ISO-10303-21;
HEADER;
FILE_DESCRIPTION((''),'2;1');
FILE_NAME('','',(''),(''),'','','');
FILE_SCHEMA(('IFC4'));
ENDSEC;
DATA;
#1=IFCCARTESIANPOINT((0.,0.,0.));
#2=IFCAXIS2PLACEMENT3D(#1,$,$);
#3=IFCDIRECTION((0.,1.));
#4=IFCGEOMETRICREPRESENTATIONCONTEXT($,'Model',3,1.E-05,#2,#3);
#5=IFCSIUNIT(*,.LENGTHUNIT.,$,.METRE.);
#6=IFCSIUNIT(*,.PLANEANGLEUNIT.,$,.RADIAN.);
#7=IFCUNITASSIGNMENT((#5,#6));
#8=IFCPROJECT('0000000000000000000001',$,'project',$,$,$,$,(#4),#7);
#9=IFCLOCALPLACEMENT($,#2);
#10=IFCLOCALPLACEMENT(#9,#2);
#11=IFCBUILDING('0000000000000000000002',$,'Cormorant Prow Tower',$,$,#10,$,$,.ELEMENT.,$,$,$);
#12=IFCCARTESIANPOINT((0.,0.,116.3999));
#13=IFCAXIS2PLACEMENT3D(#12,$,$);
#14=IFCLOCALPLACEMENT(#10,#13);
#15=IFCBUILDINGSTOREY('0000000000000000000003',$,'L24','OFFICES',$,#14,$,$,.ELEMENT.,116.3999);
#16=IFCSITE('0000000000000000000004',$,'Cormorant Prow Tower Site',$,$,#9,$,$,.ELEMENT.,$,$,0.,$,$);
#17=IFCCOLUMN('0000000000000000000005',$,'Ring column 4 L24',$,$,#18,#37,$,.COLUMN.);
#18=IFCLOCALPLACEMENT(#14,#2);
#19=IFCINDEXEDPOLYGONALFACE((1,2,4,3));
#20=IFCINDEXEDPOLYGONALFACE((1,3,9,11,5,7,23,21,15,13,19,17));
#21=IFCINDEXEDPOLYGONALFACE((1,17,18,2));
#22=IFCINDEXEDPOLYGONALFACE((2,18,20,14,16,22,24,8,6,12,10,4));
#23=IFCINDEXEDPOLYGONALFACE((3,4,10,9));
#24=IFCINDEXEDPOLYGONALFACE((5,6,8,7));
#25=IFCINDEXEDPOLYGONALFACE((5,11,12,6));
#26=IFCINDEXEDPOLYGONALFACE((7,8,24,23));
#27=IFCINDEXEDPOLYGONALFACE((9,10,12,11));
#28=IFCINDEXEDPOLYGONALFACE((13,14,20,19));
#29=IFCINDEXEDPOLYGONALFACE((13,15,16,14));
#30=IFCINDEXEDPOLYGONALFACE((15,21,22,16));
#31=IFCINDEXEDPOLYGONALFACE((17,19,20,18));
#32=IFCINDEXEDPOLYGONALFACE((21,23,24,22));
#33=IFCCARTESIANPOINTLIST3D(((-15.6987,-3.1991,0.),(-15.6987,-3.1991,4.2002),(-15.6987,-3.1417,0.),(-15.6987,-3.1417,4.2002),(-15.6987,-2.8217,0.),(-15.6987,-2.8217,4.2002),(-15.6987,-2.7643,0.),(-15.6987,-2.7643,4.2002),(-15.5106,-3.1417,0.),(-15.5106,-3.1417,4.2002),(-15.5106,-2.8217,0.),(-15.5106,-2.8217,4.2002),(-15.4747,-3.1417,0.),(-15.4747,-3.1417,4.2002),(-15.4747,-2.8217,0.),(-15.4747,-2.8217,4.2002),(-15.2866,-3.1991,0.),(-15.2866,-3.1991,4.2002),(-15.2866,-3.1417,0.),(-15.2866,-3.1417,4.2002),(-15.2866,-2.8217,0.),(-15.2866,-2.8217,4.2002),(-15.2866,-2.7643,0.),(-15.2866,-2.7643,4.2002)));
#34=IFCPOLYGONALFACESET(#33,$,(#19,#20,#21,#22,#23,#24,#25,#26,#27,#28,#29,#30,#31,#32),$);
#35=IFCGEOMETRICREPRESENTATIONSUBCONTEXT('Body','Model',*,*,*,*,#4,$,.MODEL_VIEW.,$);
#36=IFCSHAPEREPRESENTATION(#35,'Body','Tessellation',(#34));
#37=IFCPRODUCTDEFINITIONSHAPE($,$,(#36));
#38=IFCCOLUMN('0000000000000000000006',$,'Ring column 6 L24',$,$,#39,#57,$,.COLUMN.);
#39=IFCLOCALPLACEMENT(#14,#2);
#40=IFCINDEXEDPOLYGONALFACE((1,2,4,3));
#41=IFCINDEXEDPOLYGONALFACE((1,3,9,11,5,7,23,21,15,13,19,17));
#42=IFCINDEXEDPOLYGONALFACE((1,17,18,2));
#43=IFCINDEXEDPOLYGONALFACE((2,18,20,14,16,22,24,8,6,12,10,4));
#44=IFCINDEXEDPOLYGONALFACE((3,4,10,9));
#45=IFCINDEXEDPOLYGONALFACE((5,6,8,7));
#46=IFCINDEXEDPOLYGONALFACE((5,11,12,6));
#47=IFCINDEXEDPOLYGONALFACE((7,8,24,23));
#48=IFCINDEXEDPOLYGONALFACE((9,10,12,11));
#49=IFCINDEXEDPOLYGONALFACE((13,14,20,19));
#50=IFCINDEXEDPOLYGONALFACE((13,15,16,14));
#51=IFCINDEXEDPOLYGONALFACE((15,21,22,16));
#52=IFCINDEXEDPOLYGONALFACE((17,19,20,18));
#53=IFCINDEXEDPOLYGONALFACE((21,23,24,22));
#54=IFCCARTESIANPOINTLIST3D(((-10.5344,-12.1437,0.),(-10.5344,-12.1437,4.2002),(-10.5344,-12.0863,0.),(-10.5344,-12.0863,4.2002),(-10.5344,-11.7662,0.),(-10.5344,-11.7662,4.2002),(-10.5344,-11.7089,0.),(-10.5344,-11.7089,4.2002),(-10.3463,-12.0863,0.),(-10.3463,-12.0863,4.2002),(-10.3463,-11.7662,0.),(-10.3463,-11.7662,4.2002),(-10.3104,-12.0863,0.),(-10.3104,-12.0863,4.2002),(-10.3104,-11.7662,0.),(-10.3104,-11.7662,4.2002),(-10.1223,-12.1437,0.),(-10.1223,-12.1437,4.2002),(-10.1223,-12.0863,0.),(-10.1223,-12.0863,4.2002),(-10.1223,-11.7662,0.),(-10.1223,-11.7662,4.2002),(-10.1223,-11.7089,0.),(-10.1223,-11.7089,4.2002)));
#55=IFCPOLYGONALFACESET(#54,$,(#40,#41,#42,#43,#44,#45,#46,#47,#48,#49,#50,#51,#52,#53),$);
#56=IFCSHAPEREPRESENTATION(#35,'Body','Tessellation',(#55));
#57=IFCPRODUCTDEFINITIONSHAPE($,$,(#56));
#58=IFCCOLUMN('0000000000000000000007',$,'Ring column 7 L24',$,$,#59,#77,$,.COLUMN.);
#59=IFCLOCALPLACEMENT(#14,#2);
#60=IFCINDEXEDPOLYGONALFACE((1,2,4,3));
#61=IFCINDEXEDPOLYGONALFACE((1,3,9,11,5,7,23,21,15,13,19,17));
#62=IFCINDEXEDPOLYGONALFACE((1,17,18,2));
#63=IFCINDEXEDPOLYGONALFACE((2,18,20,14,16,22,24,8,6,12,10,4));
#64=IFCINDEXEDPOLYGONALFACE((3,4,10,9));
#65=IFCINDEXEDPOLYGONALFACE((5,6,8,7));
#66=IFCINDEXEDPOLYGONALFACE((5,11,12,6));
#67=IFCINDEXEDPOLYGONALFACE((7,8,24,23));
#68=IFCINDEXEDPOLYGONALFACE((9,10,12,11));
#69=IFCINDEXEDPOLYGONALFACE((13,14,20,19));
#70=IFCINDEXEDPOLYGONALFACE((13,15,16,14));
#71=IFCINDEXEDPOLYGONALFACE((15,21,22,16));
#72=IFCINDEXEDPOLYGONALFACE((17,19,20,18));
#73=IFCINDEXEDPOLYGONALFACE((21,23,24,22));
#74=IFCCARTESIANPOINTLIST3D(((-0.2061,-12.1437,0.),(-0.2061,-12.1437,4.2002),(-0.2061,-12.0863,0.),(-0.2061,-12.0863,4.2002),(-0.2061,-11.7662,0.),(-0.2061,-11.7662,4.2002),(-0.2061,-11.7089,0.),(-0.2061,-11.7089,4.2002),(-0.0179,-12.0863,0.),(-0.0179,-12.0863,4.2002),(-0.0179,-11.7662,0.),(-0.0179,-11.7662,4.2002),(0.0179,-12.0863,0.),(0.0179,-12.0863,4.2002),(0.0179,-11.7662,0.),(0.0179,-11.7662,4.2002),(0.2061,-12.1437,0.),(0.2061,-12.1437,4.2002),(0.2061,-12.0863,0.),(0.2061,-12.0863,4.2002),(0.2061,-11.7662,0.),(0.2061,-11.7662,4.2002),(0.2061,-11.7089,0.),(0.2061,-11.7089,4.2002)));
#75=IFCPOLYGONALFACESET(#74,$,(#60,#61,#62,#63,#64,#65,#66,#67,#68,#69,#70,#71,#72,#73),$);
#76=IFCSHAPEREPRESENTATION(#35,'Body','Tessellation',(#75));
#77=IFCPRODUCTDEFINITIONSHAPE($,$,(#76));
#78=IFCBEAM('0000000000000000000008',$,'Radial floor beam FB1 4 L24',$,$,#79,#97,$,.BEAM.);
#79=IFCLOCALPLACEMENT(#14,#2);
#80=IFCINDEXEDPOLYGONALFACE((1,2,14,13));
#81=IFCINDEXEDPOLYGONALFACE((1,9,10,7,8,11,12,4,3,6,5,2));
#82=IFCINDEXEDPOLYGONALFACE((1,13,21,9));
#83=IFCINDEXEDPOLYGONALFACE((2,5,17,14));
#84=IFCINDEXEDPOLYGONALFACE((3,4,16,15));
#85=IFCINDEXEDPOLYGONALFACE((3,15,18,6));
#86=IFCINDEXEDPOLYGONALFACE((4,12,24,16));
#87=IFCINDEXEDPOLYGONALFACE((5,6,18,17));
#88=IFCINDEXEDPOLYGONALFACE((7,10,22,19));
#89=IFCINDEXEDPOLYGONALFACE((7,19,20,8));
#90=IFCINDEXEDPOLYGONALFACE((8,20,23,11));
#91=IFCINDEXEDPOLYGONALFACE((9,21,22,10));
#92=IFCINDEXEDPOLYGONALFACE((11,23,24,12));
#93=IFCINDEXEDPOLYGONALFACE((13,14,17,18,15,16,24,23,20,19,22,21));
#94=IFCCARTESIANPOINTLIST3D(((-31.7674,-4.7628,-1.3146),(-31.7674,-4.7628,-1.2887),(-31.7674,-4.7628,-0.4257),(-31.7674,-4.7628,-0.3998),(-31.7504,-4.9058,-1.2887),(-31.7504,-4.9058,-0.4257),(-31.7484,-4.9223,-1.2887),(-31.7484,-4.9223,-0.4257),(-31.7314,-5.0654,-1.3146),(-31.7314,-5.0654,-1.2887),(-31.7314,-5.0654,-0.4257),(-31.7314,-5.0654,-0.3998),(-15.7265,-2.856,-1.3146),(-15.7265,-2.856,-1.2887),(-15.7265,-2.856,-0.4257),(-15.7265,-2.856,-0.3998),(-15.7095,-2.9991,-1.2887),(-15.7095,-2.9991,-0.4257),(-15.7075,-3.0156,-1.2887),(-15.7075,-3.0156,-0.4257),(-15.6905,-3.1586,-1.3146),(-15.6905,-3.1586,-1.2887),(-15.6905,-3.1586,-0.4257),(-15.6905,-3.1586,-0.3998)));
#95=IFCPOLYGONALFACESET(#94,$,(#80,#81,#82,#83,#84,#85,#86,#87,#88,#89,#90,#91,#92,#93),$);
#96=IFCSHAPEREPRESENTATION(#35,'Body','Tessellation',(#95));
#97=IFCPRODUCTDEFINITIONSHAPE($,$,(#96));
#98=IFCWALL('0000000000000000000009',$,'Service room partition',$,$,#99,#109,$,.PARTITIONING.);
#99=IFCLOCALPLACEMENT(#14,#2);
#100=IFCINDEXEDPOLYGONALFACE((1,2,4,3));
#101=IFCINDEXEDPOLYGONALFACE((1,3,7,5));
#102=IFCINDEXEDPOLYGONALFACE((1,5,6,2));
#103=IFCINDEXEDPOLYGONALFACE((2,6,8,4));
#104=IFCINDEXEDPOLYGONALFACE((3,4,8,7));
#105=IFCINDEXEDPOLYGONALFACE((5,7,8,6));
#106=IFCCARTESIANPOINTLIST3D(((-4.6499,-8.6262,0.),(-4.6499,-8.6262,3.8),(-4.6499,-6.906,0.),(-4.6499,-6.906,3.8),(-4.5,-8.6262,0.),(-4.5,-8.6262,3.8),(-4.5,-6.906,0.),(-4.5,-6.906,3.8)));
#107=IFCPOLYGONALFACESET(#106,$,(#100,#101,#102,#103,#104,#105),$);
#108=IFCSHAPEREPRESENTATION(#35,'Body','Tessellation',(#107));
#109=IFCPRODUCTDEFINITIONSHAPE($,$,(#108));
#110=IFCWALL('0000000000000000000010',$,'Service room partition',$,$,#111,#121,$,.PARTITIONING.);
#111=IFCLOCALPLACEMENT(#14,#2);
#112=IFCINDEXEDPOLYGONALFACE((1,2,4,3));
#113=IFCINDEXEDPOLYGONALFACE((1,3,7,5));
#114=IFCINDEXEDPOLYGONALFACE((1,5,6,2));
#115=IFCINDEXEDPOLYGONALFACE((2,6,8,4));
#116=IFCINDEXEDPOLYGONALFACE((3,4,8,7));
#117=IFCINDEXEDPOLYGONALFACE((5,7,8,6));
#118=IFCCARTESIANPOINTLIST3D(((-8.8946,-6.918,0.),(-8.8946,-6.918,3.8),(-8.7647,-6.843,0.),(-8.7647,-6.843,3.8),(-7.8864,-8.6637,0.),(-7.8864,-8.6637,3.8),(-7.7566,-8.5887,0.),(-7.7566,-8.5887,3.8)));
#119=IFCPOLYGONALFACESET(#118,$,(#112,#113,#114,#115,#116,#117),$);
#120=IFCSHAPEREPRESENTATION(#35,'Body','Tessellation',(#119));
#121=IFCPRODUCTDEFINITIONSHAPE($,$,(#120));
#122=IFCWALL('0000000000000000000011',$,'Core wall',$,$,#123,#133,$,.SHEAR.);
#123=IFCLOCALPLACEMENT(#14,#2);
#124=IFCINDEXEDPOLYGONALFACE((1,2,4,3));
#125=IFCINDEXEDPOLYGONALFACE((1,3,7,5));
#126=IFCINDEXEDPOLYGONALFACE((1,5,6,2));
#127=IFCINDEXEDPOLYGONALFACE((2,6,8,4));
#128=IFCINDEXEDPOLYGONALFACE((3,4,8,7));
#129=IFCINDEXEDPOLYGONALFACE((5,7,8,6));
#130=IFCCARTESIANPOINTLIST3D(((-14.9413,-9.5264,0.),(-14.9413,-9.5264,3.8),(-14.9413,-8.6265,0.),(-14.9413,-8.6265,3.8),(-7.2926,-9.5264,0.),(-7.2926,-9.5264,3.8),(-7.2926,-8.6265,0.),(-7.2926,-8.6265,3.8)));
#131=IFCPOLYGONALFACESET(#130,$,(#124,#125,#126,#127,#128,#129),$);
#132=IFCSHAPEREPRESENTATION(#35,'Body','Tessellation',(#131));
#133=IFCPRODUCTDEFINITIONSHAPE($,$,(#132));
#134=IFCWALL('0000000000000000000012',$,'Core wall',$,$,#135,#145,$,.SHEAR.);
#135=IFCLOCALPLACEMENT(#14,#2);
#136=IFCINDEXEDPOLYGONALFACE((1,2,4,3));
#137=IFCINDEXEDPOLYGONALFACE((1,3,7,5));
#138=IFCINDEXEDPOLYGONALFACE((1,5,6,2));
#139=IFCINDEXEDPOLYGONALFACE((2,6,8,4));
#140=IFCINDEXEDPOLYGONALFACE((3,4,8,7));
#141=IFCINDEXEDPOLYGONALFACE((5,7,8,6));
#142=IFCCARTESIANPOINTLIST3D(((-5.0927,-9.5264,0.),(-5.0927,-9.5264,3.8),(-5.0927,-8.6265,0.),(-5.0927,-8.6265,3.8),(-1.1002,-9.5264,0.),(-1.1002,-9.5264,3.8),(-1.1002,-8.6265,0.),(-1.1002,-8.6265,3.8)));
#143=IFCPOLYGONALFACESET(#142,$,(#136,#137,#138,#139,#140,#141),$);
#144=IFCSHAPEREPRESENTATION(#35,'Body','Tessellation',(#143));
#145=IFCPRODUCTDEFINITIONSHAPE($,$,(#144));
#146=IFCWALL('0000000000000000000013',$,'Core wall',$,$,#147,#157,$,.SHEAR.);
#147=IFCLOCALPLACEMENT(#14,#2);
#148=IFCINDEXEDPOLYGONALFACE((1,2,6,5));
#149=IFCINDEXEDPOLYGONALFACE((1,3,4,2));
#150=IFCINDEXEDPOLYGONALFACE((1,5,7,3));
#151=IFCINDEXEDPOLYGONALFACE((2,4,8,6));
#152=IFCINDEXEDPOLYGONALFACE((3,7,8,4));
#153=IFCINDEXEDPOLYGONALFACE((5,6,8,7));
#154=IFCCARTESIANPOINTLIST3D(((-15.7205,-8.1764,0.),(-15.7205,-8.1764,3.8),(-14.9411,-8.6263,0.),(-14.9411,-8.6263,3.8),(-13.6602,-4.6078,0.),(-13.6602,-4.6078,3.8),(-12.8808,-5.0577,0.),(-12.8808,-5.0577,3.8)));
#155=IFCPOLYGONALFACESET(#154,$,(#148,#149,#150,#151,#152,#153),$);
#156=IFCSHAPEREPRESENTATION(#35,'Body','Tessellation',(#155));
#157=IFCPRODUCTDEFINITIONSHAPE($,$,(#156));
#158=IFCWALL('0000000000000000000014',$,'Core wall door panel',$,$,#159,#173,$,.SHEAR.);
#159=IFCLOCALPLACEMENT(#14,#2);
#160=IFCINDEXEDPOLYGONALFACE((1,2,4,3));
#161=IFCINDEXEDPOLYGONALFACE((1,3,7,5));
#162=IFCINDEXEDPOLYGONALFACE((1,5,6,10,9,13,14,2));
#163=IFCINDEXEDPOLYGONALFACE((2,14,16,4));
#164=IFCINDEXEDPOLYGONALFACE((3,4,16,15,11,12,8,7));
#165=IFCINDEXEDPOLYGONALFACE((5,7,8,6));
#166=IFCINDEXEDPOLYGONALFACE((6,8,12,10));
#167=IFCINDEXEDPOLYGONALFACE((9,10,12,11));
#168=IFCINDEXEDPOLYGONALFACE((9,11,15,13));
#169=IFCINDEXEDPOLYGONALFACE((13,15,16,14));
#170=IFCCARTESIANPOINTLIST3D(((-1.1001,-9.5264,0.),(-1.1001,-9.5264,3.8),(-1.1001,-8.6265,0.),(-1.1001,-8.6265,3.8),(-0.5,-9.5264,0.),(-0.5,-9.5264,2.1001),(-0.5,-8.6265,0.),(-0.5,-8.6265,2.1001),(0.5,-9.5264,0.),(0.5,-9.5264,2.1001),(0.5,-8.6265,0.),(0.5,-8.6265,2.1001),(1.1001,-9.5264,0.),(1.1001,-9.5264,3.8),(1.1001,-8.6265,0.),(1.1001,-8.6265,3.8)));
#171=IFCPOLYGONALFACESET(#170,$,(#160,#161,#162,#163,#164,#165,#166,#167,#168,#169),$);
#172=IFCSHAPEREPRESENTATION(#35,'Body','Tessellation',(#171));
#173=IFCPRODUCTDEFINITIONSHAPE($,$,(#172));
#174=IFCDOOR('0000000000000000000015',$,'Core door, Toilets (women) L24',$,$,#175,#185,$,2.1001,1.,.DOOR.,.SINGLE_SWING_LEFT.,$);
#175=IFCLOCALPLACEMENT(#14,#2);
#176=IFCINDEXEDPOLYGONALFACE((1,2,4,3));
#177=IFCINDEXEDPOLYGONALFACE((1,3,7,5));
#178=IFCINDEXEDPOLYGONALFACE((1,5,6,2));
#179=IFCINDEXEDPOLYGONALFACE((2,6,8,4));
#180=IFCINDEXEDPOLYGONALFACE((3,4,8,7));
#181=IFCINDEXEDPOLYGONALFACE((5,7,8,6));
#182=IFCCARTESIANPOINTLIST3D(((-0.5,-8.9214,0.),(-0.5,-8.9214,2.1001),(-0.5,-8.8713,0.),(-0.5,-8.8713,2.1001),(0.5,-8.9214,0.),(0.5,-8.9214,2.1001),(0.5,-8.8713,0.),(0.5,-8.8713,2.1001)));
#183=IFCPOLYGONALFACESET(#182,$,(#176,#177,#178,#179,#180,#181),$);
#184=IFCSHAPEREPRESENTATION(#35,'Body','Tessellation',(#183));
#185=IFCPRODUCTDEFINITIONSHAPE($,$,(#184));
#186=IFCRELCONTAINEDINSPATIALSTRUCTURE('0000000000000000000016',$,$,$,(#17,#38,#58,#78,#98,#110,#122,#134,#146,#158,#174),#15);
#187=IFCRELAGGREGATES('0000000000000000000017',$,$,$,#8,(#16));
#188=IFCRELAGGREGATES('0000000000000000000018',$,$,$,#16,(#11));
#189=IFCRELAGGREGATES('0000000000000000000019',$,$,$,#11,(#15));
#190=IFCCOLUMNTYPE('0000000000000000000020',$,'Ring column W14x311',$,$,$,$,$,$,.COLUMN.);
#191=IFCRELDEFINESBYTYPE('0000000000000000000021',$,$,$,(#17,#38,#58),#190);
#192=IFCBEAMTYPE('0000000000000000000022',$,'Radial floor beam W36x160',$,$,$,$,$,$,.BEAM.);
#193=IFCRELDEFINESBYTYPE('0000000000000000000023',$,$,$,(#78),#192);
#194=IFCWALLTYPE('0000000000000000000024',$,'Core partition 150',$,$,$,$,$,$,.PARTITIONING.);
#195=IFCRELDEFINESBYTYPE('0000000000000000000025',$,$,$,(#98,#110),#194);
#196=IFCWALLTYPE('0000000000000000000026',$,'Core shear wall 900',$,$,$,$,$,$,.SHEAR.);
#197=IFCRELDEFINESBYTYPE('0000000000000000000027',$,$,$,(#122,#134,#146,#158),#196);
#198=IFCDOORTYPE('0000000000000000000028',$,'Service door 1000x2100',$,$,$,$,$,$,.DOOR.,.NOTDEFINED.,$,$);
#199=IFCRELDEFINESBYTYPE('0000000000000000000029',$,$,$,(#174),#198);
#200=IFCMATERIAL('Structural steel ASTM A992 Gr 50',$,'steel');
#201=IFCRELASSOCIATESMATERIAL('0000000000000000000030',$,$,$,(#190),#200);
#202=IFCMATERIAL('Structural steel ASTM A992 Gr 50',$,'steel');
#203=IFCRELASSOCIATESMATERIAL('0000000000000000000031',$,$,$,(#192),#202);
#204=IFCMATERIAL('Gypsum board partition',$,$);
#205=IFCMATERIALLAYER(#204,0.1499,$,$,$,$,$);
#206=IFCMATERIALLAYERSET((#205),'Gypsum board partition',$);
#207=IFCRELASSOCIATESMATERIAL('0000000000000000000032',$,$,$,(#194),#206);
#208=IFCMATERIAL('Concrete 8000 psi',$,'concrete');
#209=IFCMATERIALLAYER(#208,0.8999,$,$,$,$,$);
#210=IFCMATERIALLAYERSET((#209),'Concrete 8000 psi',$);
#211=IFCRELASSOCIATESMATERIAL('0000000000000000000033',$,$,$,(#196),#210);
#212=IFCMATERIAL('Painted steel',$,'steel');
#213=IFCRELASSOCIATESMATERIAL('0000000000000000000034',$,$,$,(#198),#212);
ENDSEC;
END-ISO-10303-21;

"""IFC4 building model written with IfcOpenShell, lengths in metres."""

from ifc_helpers import new_model, si_unit, direction, frame, frame_2d, origin, origin_2d, place, context, subcontext, project, spatial, rectangle, i_section, extrude, material, layer, layer_set, material_profile, profile_set, type_object, element, fill, save


model = new_model("IFC4")

# Units and contexts
model_context = context("Model", 3, precision=1e-05, world=origin(), true_north=direction((0.0, 1.0)))
body_context = subcontext(model_context, "Body", "Model", "MODEL_VIEW")
ifc_project = project(units=[si_unit("LENGTHUNIT", "METRE"), si_unit("PLANEANGLEUNIT", "RADIAN")], contexts=[model_context])

# Site, building, storey
site_placement = place(None, origin())
site = spatial("IfcSite", under=ifc_project, at=site_placement, Name="Cormorant Prow Tower Site", CompositionType="ELEMENT", RefElevation=0.0)
building_placement = place(site_placement, origin())
building = spatial("IfcBuilding", under=site, at=building_placement, Name="Cormorant Prow Tower", CompositionType="ELEMENT")
storey_placement = place(building_placement, frame((0.0, 0.0, 116.3999)))
storey = spatial("IfcBuildingStorey", under=building, at=storey_placement, Name="L24", Description="OFFICES", CompositionType="ELEMENT", Elevation=116.3999)

# Columns
ifc_material_1 = material(Name="Structural steel ASTM A992 Gr 50", Category="steel")
ifc_material_profile_1 = material_profile(ifc_material_1, i_section(OverallWidth=0.4121, OverallDepth=0.4348, WebThickness=0.0359, FlangeThickness=0.0574, at=origin_2d()), Name="W14x311")
ifc_profile_set_1 = profile_set([ifc_material_profile_1], Name="Structural steel ASTM A992 Gr 50")
column_type = type_object("IfcColumnType", Name="Ring column W14x311", PredefinedType="COLUMN", material=ifc_profile_set_1)
for number, where, z_axis, x_axis, name in (
    (1, (-15.4927, -2.9817, 0.0), (0.0, 0.0, 1.0), (1.0, 0.0, 0.0), "Ring column 4 L24"),
    (2, (-10.3284, -11.9263, 0.0), (0.0, 0.0, 1.0), (1.0, 0.0, 0.0), "Ring column 6 L24"),
    (3, (0.0, -11.9263, 0.0), (0.0, 0.0, 1.0), (1.0, 0.0, 0.0), "Ring column 7 L24"),
):
    element("IfcColumn", number, at=place(storey_placement, frame(where, z_axis=z_axis, x_axis=x_axis)), inside=storey, type_object=column_type, Name=name, PredefinedType="COLUMN", context=body_context, shape_type="SweptSolid", body=[
        extrude(i_section(OverallWidth=0.4121, OverallDepth=0.4348, WebThickness=0.0359, FlangeThickness=0.0574, at=origin_2d()), origin(), (0.0, 0.0, 1.0), 4.2002),
    ])

# Beam
ifc_material_2 = material(Name="Structural steel ASTM A992 Gr 50", Category="steel")
ifc_material_profile_2 = material_profile(ifc_material_2, i_section(OverallWidth=0.3047, OverallDepth=0.9148, WebThickness=0.0166, FlangeThickness=0.0259, at=origin_2d()), Name="W36x160")
ifc_profile_set_2 = profile_set([ifc_material_profile_2], Name="Structural steel ASTM A992 Gr 50")
beam_type = type_object("IfcBeamType", Name="Radial floor beam W36x160", PredefinedType="BEAM", material=ifc_profile_set_2)
beam_placement = place(storey_placement, frame((-15.7085, -3.0073, -0.8572), z_axis=(-0.993009, -0.118037, 0.0), x_axis=(0.118037, -0.993009, 0.0)))
element("IfcBeam", 4, at=beam_placement, inside=storey, type_object=beam_type, Name="Radial floor beam FB1 4 L24", PredefinedType="BEAM", context=body_context, shape_type="SweptSolid", body=[
    extrude(i_section(OverallWidth=0.3047, OverallDepth=0.9148, WebThickness=0.0166, FlangeThickness=0.0259, at=origin_2d()), origin(), (0.0, 0.0, 1.0), 16.1538),
])

# Walls
ifc_material_3 = material(Name="Gypsum board partition")
ifc_layer_1 = layer(ifc_material_3, 0.1499)
ifc_layer_set_1 = layer_set([ifc_layer_1], Name="Gypsum board partition")
wall_type_1 = type_object("IfcWallType", Name="Core partition 150", PredefinedType="PARTITIONING", material=ifc_layer_set_1)
wall_1_placement = place(storey_placement, frame((-4.575, -6.906, 0.0), z_axis=(0.0, 0.0, 1.0), x_axis=(0.0, -1.0, 0.0)))
element("IfcWall", 5, at=wall_1_placement, inside=storey, type_object=wall_type_1, Name="Service room partition", PredefinedType="PARTITIONING", context=body_context, shape_type="SweptSolid", body=[
    extrude(rectangle(XDim=1.7202, YDim=0.1499, at=frame_2d((0.8601, 0.0))), origin(), (0.0, 0.0, 1.0), 3.8),
])
wall_2_placement = place(storey_placement, frame((-8.8296, -6.8806, 0.0), z_axis=(0.0, 0.0, 1.0), x_axis=(0.500086, -0.865976, 0.0)))
element("IfcWall", 6, at=wall_2_placement, inside=storey, type_object=wall_type_1, Name="Service room partition", PredefinedType="PARTITIONING", context=body_context, shape_type="SweptSolid", body=[
    extrude(rectangle(XDim=2.0159, YDim=0.1499, at=frame_2d((1.0078, 0.0))), origin(), (0.0, 0.0, 1.0), 3.8),
])
ifc_material_4 = material(Name="Concrete 8000 psi", Category="concrete")
ifc_layer_2 = layer(ifc_material_4, 0.8999)
ifc_layer_set_2 = layer_set([ifc_layer_2], Name="Concrete 8000 psi")
wall_type_2 = type_object("IfcWallType", Name="Core shear wall 900", PredefinedType="SHEAR", material=ifc_layer_set_2)
wall_3_placement = place(storey_placement, frame((-14.9412, -9.0764, 0.0), z_axis=(0.0, 0.0, 1.0), x_axis=(1.0, 0.0, 0.0)))
element("IfcWall", 7, at=wall_3_placement, inside=storey, type_object=wall_type_2, Name="Core wall", PredefinedType="SHEAR", context=body_context, shape_type="SweptSolid", body=[
    extrude(rectangle(XDim=7.6487, YDim=0.8999, at=frame_2d((3.8242, 0.0))), origin(), (0.0, 0.0, 1.0), 3.8),
])
wall_4_placement = place(storey_placement, frame((-5.0925, -9.0764, 0.0), z_axis=(0.0, 0.0, 1.0), x_axis=(1.0, 0.0, 0.0)))
element("IfcWall", 8, at=wall_4_placement, inside=storey, type_object=wall_type_2, Name="Core wall", PredefinedType="SHEAR", context=body_context, shape_type="SweptSolid", body=[
    extrude(rectangle(XDim=3.9924, YDim=0.8999, at=frame_2d((1.9961, 0.0))), origin(), (0.0, 0.0, 1.0), 3.8),
])
wall_5_placement = place(storey_placement, frame((-13.2705, -4.8328, 0.0), z_axis=(0.0, 0.0, 1.0), x_axis=(-0.499994, -0.866029, 0.0)))
element("IfcWall", 9, at=wall_5_placement, inside=storey, type_object=wall_type_2, Name="Core wall", PredefinedType="SHEAR", context=body_context, shape_type="SweptSolid", body=[
    extrude(rectangle(XDim=4.1206, YDim=0.8999, at=frame_2d((2.0603, 0.0))), origin(), (0.0, 0.0, 1.0), 3.8),
])

# Wall, opening, door
wall_6_placement = place(storey_placement, frame((-1.1001, -9.0764, 0.0), z_axis=(0.0, 0.0, 1.0), x_axis=(1.0, 0.0, 0.0)))
wall_6 = element("IfcWall", 10, at=wall_6_placement, inside=storey, type_object=wall_type_2, Name="Core wall door panel", PredefinedType="SHEAR", context=body_context, shape_type="SweptSolid", body=[
    extrude(rectangle(XDim=2.2002, YDim=0.8999, at=frame_2d((1.1001, 0.0))), origin(), (0.0, 0.0, 1.0), 3.8),
])
opening_1_placement = place(wall_6_placement, frame((0.6001, 0.0, 0.0)))
opening_1 = element("IfcOpeningElement", 11, at=opening_1_placement, cuts=wall_6, PredefinedType="OPENING", context=body_context, shape_type="SweptSolid", body=[
    extrude(rectangle(XDim=1.0, YDim=2.1001, at=frame_2d((0.5, 1.05))), frame((0.0, 0.46, 0.0), z_axis=(0.0, -1.0, 0.0), x_axis=(1.0, 0.0, 0.0)), (0.0, 0.0, 1.0), 0.9199),
])
ifc_material_5 = material(Name="Painted steel", Category="steel")
door_type_1 = type_object("IfcDoorType", Name="Service door 1000x2100", OperationType="NOTDEFINED", PredefinedType="DOOR", material=ifc_material_5)
door_1_placement = place(opening_1_placement, origin())
door_1 = element("IfcDoor", 12, at=door_1_placement, inside=storey, type_object=door_type_1, Name="Core door, Toilets (women) L24", OperationType="SINGLE_SWING_LEFT", OverallHeight=2.1001, OverallWidth=1.0, PredefinedType="DOOR", context=body_context, shape_type="SweptSolid", body=[
    extrude(rectangle(XDim=1.0, YDim=2.1001, at=frame_2d((0.5, 1.05))), frame((0.0, 0.2051, 0.0), z_axis=(0.0, -1.0, 0.0), x_axis=(1.0, 0.0, 0.0)), (0.0, 0.0, 1.0), 0.05),
])
fill(opening_1, door_1)

save(model, "model.ifc")
